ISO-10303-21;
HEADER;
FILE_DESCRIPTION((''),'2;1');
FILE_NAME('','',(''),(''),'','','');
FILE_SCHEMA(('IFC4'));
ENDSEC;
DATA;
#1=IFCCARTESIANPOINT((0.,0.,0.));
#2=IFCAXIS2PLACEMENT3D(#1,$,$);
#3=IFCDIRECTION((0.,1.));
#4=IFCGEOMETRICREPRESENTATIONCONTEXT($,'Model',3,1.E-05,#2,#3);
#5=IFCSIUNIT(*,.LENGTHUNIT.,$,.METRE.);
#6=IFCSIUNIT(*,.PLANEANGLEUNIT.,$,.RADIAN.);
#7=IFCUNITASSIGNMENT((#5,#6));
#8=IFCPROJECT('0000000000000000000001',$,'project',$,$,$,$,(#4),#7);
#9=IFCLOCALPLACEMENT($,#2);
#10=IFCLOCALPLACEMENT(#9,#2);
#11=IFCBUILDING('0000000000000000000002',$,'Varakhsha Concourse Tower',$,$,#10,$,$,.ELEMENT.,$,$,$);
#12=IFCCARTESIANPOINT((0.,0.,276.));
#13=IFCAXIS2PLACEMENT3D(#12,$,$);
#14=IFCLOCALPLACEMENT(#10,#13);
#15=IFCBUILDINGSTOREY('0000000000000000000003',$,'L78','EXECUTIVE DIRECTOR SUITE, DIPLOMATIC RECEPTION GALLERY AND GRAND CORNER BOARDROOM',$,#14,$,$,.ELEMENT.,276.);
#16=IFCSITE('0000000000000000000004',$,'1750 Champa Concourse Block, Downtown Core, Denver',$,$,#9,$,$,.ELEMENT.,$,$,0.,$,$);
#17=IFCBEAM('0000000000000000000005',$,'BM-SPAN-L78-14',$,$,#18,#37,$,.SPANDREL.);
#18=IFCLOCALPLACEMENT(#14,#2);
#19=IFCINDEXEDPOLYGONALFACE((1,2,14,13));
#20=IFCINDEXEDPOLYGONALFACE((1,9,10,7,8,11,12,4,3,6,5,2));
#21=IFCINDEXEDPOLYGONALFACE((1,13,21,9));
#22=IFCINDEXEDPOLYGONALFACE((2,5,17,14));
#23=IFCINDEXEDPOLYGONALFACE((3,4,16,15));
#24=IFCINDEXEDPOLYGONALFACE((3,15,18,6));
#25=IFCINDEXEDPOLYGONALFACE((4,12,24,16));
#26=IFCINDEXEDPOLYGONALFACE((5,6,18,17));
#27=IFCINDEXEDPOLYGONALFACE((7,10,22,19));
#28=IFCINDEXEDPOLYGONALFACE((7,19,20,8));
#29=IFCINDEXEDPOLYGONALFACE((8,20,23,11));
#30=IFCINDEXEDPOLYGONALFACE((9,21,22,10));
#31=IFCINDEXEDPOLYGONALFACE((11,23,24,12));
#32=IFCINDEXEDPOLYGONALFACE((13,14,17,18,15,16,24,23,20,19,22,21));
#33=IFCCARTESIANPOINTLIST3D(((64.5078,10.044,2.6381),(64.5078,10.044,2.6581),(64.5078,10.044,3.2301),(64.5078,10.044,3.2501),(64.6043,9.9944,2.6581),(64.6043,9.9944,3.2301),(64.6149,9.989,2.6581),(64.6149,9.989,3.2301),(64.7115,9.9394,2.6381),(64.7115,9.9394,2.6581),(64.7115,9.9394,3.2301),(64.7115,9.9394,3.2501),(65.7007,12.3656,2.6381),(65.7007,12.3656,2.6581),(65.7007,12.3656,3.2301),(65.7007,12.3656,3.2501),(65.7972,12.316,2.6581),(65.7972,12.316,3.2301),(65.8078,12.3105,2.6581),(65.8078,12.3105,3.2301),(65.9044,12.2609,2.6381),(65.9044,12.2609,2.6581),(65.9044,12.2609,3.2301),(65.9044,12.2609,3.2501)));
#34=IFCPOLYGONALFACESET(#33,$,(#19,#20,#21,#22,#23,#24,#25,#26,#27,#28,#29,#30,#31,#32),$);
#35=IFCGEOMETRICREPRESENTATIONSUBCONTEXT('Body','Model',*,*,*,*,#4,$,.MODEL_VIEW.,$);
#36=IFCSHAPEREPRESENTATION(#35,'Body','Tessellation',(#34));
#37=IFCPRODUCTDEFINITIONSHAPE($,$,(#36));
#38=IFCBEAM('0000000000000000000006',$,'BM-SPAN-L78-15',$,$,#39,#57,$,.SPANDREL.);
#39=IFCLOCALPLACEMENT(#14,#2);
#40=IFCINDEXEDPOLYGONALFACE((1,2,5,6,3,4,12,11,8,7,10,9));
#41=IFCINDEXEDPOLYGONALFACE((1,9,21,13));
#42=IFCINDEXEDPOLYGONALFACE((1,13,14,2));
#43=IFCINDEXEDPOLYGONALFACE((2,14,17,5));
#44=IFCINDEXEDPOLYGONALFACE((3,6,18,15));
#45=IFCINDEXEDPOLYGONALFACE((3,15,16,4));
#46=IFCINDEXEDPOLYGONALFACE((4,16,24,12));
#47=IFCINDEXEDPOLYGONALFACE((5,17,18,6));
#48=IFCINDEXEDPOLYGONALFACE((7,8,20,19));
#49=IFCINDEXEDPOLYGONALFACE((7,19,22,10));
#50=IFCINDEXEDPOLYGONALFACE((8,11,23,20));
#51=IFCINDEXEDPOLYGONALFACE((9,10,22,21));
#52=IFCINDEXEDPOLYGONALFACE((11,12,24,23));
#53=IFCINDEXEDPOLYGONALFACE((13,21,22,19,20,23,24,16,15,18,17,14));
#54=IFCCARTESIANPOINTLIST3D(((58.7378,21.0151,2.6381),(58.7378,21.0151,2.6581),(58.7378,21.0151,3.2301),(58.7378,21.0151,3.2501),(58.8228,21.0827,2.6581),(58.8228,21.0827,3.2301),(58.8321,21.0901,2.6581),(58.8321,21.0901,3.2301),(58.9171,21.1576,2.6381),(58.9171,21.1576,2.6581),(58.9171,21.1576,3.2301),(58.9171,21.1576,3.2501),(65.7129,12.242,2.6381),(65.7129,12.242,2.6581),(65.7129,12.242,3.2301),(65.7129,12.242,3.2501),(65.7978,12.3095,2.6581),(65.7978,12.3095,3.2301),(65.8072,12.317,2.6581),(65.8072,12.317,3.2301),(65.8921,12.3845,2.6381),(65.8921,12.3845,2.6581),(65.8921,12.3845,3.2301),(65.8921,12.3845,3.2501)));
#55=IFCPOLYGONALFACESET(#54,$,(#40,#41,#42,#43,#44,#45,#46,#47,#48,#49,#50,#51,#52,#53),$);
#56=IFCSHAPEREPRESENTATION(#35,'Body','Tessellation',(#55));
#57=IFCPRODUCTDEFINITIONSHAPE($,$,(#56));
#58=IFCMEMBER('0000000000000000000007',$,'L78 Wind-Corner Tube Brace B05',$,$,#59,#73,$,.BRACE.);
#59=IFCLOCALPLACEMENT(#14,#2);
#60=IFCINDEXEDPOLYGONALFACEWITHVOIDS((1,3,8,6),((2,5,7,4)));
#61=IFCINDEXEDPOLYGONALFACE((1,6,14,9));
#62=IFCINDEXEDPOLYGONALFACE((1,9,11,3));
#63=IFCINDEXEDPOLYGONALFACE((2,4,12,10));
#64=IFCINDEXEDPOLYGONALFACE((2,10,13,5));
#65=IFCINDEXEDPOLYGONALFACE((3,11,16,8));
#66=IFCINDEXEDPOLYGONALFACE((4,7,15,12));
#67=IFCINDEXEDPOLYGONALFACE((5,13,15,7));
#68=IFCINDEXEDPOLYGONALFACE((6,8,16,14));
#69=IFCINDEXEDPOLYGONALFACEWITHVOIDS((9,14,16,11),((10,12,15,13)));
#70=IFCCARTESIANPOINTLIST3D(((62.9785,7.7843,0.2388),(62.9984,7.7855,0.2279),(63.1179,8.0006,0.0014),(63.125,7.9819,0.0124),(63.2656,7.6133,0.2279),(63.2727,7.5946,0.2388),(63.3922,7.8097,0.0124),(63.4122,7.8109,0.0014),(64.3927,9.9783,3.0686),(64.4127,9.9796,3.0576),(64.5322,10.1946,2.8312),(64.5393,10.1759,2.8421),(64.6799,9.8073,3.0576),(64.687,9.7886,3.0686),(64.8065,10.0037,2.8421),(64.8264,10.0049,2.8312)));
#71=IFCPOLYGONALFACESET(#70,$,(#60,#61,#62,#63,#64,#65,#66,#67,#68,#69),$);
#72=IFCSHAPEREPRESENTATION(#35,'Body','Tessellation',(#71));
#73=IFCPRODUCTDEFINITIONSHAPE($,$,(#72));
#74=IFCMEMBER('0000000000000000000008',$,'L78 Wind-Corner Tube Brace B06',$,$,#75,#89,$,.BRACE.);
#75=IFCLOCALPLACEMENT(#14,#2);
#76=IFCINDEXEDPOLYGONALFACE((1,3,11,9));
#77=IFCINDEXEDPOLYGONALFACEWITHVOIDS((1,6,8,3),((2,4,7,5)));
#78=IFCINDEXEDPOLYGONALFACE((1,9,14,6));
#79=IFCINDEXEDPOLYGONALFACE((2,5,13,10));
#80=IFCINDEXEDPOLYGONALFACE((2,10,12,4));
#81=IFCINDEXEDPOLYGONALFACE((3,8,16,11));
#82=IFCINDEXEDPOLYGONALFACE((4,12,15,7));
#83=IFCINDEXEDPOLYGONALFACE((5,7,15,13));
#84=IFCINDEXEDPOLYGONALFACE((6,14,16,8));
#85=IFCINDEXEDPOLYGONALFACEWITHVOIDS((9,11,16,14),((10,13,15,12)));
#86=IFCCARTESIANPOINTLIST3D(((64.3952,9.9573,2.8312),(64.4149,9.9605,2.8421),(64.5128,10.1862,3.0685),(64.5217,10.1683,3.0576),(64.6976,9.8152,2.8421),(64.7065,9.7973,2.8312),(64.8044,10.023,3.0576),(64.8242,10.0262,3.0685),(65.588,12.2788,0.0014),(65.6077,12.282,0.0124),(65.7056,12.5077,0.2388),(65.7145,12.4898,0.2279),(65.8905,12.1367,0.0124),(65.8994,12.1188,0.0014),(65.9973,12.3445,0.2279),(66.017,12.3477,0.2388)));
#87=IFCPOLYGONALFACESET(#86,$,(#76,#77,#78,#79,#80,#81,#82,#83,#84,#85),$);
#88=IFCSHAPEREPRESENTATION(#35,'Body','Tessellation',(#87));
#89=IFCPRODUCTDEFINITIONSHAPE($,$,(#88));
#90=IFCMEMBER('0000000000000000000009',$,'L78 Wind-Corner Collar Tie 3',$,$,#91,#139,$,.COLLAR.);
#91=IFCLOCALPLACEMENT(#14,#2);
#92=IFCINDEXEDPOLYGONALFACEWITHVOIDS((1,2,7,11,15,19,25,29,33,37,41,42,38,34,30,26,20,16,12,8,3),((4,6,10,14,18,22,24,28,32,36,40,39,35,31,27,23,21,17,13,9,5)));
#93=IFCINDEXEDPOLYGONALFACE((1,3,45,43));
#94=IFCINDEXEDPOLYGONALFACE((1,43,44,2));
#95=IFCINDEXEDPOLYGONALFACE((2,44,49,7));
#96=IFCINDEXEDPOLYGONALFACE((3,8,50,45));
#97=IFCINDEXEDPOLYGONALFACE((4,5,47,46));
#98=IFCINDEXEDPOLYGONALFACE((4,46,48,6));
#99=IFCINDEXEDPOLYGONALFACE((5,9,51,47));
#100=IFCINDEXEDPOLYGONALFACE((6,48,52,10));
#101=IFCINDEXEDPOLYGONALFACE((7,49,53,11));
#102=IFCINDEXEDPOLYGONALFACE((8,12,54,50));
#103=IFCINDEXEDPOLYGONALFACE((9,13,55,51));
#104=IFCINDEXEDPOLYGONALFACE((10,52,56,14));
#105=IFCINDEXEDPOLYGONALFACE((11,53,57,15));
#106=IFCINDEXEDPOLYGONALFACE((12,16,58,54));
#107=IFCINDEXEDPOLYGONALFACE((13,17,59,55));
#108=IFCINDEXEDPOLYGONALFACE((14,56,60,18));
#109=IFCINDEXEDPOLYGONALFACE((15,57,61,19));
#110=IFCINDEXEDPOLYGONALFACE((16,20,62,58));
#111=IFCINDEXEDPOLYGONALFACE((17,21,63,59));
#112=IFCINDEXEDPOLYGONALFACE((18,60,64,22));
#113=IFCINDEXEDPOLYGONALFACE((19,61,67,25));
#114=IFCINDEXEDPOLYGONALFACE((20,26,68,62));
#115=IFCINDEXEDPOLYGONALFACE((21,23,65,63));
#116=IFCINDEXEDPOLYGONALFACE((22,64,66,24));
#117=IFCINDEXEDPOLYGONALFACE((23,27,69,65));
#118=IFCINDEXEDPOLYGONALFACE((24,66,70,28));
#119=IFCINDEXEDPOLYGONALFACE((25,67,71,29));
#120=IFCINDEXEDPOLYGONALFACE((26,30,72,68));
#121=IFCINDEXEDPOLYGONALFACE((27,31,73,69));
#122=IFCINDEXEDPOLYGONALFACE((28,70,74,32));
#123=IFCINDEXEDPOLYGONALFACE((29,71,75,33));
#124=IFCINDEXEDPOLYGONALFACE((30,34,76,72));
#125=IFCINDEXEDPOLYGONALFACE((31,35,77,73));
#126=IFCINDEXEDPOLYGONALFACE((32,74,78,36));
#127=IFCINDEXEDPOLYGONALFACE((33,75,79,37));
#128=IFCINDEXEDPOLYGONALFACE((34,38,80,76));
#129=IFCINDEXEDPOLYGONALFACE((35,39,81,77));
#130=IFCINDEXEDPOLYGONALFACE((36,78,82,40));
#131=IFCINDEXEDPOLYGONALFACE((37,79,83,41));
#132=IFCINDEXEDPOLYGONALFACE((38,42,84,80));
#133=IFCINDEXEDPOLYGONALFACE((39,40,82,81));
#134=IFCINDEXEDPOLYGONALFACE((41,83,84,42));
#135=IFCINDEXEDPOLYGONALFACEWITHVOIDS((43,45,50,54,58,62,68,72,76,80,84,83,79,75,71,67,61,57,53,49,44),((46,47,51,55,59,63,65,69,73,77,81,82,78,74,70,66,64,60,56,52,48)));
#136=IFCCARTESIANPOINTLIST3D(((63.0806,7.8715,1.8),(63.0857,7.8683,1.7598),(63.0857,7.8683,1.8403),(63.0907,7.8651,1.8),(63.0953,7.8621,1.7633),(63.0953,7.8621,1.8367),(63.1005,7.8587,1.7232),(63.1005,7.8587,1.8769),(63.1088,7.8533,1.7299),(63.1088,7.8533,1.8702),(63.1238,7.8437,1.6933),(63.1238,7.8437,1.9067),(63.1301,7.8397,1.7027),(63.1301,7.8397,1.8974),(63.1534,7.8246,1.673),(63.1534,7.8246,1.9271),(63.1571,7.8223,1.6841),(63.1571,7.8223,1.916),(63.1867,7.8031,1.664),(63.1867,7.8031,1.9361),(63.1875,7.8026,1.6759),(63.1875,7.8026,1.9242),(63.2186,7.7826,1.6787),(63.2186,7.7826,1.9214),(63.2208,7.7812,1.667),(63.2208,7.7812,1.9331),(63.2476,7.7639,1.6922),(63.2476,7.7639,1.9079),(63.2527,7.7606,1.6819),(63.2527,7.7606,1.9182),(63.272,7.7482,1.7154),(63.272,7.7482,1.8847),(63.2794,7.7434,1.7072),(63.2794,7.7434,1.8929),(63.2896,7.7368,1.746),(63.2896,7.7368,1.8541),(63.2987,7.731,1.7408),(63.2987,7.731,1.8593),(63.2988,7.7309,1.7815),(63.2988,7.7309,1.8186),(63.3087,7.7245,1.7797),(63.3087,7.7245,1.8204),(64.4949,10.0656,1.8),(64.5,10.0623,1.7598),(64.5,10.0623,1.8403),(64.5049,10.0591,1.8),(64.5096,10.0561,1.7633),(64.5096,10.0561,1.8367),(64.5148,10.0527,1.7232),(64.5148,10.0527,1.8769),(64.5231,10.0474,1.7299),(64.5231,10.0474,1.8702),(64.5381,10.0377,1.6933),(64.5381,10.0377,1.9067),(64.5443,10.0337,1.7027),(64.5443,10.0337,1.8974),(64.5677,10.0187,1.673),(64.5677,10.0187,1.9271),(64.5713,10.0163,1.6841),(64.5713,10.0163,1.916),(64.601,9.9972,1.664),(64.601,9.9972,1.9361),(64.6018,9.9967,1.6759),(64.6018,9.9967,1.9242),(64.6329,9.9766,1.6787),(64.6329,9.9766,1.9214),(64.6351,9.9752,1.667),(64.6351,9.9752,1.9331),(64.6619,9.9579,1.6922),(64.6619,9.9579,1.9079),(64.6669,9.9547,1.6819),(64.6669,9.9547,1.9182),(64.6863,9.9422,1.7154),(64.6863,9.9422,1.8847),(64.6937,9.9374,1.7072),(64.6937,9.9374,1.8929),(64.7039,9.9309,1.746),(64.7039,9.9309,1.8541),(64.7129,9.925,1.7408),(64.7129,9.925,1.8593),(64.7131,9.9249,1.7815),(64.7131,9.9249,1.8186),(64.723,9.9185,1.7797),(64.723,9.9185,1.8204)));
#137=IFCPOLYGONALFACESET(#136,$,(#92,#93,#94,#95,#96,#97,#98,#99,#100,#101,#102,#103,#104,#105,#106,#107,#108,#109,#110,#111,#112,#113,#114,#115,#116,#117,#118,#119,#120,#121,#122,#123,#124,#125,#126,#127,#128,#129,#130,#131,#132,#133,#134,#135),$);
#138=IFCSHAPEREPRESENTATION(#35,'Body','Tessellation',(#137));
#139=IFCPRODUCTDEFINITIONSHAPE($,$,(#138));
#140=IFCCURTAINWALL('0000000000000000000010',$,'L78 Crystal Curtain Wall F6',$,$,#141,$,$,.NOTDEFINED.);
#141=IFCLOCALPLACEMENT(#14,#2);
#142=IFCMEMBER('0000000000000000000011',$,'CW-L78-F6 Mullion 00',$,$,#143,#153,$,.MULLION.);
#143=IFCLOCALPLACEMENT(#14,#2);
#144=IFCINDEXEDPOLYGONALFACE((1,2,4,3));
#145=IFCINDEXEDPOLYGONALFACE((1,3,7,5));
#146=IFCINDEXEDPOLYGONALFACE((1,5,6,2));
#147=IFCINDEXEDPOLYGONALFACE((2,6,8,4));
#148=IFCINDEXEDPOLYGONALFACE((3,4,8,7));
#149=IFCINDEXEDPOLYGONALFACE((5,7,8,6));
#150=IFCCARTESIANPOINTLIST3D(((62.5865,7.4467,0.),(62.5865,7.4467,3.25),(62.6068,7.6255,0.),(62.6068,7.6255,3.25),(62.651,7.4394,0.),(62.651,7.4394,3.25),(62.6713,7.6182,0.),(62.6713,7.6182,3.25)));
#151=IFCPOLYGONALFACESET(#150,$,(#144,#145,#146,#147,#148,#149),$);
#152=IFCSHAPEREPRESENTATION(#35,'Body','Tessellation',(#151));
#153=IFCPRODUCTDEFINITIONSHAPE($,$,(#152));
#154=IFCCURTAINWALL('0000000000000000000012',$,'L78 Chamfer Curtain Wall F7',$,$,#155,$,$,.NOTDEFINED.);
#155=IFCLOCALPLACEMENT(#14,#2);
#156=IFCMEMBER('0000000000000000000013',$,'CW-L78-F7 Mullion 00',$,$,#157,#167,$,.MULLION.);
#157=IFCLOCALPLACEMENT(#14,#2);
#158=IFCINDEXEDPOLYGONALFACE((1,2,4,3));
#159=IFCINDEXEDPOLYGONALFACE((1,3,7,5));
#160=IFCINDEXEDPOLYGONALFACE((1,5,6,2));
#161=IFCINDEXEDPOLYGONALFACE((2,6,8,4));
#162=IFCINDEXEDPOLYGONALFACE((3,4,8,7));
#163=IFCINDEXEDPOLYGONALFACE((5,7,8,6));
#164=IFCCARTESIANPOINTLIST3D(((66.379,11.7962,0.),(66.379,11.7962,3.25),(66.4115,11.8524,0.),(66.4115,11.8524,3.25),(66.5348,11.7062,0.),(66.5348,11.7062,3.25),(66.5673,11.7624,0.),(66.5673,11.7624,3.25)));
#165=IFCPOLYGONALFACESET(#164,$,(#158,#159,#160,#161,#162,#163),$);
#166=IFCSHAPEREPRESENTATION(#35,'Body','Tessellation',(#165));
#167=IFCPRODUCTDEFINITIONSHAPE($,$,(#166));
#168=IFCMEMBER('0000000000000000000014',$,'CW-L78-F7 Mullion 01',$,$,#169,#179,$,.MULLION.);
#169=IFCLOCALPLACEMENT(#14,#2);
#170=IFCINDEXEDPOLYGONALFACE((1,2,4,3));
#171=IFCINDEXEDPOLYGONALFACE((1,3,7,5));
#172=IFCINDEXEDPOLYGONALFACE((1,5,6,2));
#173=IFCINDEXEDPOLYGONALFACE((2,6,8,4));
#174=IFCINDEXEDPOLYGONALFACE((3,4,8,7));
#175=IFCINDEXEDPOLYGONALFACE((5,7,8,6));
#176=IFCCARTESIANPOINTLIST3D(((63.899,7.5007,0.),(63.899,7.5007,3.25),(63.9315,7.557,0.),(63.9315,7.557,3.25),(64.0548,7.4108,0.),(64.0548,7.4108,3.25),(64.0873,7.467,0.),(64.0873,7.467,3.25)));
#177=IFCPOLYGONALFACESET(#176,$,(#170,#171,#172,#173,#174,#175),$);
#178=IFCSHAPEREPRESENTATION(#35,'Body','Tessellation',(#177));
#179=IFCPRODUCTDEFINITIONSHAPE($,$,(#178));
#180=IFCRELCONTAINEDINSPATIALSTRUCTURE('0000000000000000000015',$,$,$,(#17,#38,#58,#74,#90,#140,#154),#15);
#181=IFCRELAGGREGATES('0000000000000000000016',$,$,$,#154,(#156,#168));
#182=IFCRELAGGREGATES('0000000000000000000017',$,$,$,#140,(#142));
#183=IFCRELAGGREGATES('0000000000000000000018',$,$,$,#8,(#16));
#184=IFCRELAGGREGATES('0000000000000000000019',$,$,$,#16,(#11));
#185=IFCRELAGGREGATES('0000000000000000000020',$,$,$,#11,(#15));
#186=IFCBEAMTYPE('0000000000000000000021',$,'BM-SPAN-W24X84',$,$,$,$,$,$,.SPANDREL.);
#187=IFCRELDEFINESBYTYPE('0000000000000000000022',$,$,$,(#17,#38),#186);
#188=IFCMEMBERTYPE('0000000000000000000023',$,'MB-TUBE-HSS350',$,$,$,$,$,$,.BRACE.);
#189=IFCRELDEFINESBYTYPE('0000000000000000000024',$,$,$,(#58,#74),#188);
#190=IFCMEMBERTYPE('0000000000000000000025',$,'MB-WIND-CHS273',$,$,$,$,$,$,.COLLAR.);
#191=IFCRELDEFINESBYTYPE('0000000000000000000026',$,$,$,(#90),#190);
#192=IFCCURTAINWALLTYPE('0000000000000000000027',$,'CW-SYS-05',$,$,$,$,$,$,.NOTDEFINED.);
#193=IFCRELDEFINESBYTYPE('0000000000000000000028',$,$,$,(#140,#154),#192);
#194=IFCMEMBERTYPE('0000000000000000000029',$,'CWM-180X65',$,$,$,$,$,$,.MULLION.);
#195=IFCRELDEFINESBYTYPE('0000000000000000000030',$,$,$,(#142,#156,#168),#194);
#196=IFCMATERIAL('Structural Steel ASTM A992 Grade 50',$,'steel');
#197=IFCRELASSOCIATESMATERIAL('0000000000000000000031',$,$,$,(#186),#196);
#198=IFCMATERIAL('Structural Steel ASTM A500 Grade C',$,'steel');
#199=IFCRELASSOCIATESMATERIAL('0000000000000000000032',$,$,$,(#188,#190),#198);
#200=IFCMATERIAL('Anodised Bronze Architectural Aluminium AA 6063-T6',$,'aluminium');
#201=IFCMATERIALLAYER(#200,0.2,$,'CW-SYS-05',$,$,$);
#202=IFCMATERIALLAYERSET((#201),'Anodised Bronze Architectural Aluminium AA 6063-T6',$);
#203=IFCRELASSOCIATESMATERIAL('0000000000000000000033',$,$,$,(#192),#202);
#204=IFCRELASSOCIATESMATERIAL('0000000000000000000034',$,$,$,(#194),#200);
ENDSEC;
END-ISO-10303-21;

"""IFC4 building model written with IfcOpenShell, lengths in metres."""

from ifc_helpers import new_model, si_unit, direction, frame, origin, origin_2d, place, context, subcontext, project, spatial, rectangle, hollow_rectangle, hollow_circle, i_section, extrude, source, transform, mapped, material, layer, layer_set, material_profile, profile_set, type_object, type_shapes, element, aggregate, save


model = new_model("IFC4")

# Units and contexts
model_context = context("Model", 3, precision=1e-05, world=origin(), true_north=direction((0.0, 1.0)))
body_context = subcontext(model_context, "Body", "Model", "MODEL_VIEW")
ifc_project = project(units=[si_unit("LENGTHUNIT", "METRE"), si_unit("PLANEANGLEUNIT", "RADIAN")], contexts=[model_context])

# Site, building, storey
site_placement = place(None, origin())
site = spatial("IfcSite", under=ifc_project, at=site_placement, Name="1750 Champa Concourse Block, Downtown Core, Denver", CompositionType="ELEMENT", RefElevation=0.0)
building_placement = place(site_placement, origin())
building = spatial("IfcBuilding", under=site, at=building_placement, Name="Varakhsha Concourse Tower", CompositionType="ELEMENT")
storey_placement = place(building_placement, frame((0.0, 0.0, 276.0)))
storey = spatial("IfcBuildingStorey", under=building, at=storey_placement, Name="L78", Description="EXECUTIVE DIRECTOR SUITE, DIPLOMATIC RECEPTION GALLERY AND GRAND CORNER BOARDROOM", CompositionType="ELEMENT", Elevation=276.0)

# Beams
ifc_material_1 = material(Name="Structural Steel ASTM A992 Grade 50", Category="steel")
ifc_material_profile_1 = material_profile(ifc_material_1, i_section(OverallWidth=0.229, OverallDepth=0.6121, WebThickness=0.012, FlangeThickness=0.02, at=origin_2d()), Name="W24X84")
ifc_profile_set_1 = profile_set([ifc_material_profile_1], Name="Structural Steel ASTM A992 Grade 50")
beam_type_1 = type_object("IfcBeamType", Name="BM-SPAN-W24X84", PredefinedType="SPANDREL", material=ifc_profile_set_1)
beam_1_placement = place(storey_placement, frame((64.6096, 9.9917, 2.9441), z_axis=(0.457027, 0.889453, 0.0), x_axis=(-0.889453, 0.457027, 0.0)))
element("IfcBeam", 1, at=beam_1_placement, inside=storey, type_object=beam_type_1, Name="BM-SPAN-L78-14", PredefinedType="SPANDREL", context=body_context, shape_type="SweptSolid", body=[
    extrude(i_section(OverallWidth=0.229, OverallDepth=0.6121, WebThickness=0.012, FlangeThickness=0.02, at=origin_2d()), origin(), (0.0, 0.0, 1.0), 2.6101),
])
beam_2_placement = place(storey_placement, frame((65.8025, 12.3132, 2.9441), z_axis=(-0.622328, 0.782757, 0.0), x_axis=(-0.782757, -0.622328, 0.0)))
element("IfcBeam", 2, at=beam_2_placement, inside=storey, type_object=beam_type_1, Name="BM-SPAN-L78-15", PredefinedType="SPANDREL", context=body_context, shape_type="SweptSolid", body=[
    extrude(i_section(OverallWidth=0.229, OverallDepth=0.6121, WebThickness=0.012, FlangeThickness=0.02, at=origin_2d()), origin(), (0.0, 0.0, 1.0), 11.208),
])

# Members
ifc_material_2 = material(Name="Structural Steel ASTM A500 Grade C", Category="steel")
ifc_material_profile_2 = material_profile(ifc_material_2, hollow_rectangle(XDim=0.3501, YDim=0.3501, WallThickness=0.0161, at=origin_2d()), Name="HSS 350x350x16")
ifc_profile_set_2 = profile_set([ifc_material_profile_2], Name="Structural Steel ASTM A500 Grade C")
member_type_1 = type_object("IfcMemberType", Name="MB-TUBE-HSS350", PredefinedType="BRACE", material=ifc_profile_set_2)
shared_shape_1 = source(origin(), body_context, "Body", "SweptSolid", [
    extrude(hollow_rectangle(XDim=0.3501, YDim=0.3501, WallThickness=0.0161, at=origin_2d()), origin(), (0.0, 0.0, 1.0), 3.8499),
])
member_1_placement = place(storey_placement, frame((63.1953, 7.7976, 0.1201), z_axis=(0.367355, 0.569899, 0.735028), x_axis=(-0.840512, 0.541792, 0.0)))
element("IfcMember", 3, at=member_1_placement, inside=storey, type_object=member_type_1, Name="L78 Wind-Corner Tube Brace B05", PredefinedType="BRACE", context=body_context, shape_type="MappedRepresentation", body=[
    mapped(shared_shape_1, transform((0.0, 0.0, 0.0), scale=1.0)),
])
shared_shape_2 = source(origin(), body_context, "Body", "SweptSolid", [
    extrude(hollow_rectangle(XDim=0.3501, YDim=0.3501, WallThickness=0.0161, at=origin_2d()), origin(), (0.0, 0.0, 1.0), 3.8496),
])
type_shapes(member_type_1, [shared_shape_1, shared_shape_2])
member_2_placement = place(storey_placement, frame((65.8025, 12.3132, 0.1201), z_axis=(-0.309858, -0.603038, 0.735073), x_axis=(0.889453, -0.457027, 0.0)))
element("IfcMember", 4, at=member_2_placement, inside=storey, type_object=member_type_1, Name="L78 Wind-Corner Tube Brace B06", PredefinedType="BRACE", context=body_context, shape_type="MappedRepresentation", body=[
    mapped(shared_shape_2, transform((0.0, 0.0, 0.0), scale=1.0)),
])
ifc_material_profile_3 = material_profile(ifc_material_2, hollow_circle(Radius=0.1365, WallThickness=0.012, at=origin_2d()), Name="CHS 273x12")
ifc_profile_set_3 = profile_set([ifc_material_profile_3], Name="Structural Steel ASTM A500 Grade C")
member_type_2 = type_object("IfcMemberType", Name="MB-WIND-CHS273", PredefinedType="COLLAR", material=ifc_profile_set_3)
shared_shape_3 = source(origin(), body_context, "Body", "SweptSolid", [
    extrude(hollow_circle(Radius=0.1365, WallThickness=0.012, at=origin_2d()), origin(), (0.0, 0.0, 1.0), 2.6104),
])
type_shapes(member_type_2, [shared_shape_3])
member_3_placement = place(storey_placement, frame((63.1953, 7.7976, 1.8), z_axis=(0.541792, 0.840512, 0.0), x_axis=(-0.840512, 0.541792, 0.0)))
element("IfcMember", 5, at=member_3_placement, inside=storey, type_object=member_type_2, Name="L78 Wind-Corner Collar Tie 3", PredefinedType="COLLAR", context=body_context, shape_type="MappedRepresentation", body=[
    mapped(shared_shape_3, transform((0.0, 0.0, 0.0), scale=1.0)),
])

# Curtain wall, member
ifc_material_3 = material(Name="Anodised Bronze Architectural Aluminium AA 6063-T6", Category="aluminium")
ifc_layer_1 = layer(ifc_material_3, 0.2, Name="CW-SYS-05")
ifc_layer_set_1 = layer_set([ifc_layer_1], Name="Anodised Bronze Architectural Aluminium AA 6063-T6")
curtain_wall_type = type_object("IfcCurtainWallType", Name="CW-SYS-05", PredefinedType="NOTDEFINED", material=ifc_layer_set_1)
curtain_wall_1_placement = place(storey_placement, origin())
curtain_wall_1 = element("IfcCurtainWall", 6, at=curtain_wall_1_placement, inside=storey, type_object=curtain_wall_type, Name="L78 Crystal Curtain Wall F6", PredefinedType="NOTDEFINED")
ifc_material_profile_4 = material_profile(ifc_material_3, rectangle(XDim=0.0649, YDim=0.1799, at=origin_2d()), Name="CWM-180X65")
ifc_profile_set_4 = profile_set([ifc_material_profile_4], Name="Anodised Bronze Architectural Aluminium AA 6063-T6")
member_type_3 = type_object("IfcMemberType", Name="CWM-180X65", PredefinedType="MULLION", material=ifc_profile_set_4)
shared_shape_4 = source(origin(), body_context, "Body", "SweptSolid", [
    extrude(rectangle(XDim=0.0649, YDim=0.1799, at=origin_2d()), origin(), (0.0, 0.0, 1.0), 3.25),
])
type_shapes(member_type_3, [shared_shape_4])
member_4_placement = place(storey_placement, frame((62.6289, 7.5325, 0.0), z_axis=(0.0, 0.0, 1.0), x_axis=(-0.993613, 0.112844, 0.0)))
member_4 = element("IfcMember", 7, at=member_4_placement, type_object=member_type_3, Name="CW-L78-F6 Mullion 00", PredefinedType="MULLION", context=body_context, shape_type="MappedRepresentation", body=[
    mapped(shared_shape_4, transform((0.0, 0.0, 0.0), scale=1.0)),
])

# Curtain wall, members
curtain_wall_2_placement = place(storey_placement, origin())
curtain_wall_2 = element("IfcCurtainWall", 8, at=curtain_wall_2_placement, inside=storey, type_object=curtain_wall_type, Name="L78 Chamfer Curtain Wall F7", PredefinedType="NOTDEFINED")
member_5_placement = place(storey_placement, frame((66.4731, 11.7793, 0.0), z_axis=(0.0, 0.0, 1.0), x_axis=(-0.499989, -0.866032, 0.0)))
member_5 = element("IfcMember", 9, at=member_5_placement, type_object=member_type_3, Name="CW-L78-F7 Mullion 00", PredefinedType="MULLION", context=body_context, shape_type="MappedRepresentation", body=[
    mapped(shared_shape_4, transform((0.0, 0.0, 0.0), scale=1.0)),
])
member_6_placement = place(storey_placement, frame((63.9932, 7.4839, 0.0), z_axis=(0.0, 0.0, 1.0), x_axis=(-0.499989, -0.866032, 0.0)))
member_6 = element("IfcMember", 10, at=member_6_placement, type_object=member_type_3, Name="CW-L78-F7 Mullion 01", PredefinedType="MULLION", context=body_context, shape_type="MappedRepresentation", body=[
    mapped(shared_shape_4, transform((0.0, 0.0, 0.0), scale=1.0)),
])

aggregate(curtain_wall_2, [member_5, member_6])
aggregate(curtain_wall_1, [member_4])

save(model, "model.ifc")
